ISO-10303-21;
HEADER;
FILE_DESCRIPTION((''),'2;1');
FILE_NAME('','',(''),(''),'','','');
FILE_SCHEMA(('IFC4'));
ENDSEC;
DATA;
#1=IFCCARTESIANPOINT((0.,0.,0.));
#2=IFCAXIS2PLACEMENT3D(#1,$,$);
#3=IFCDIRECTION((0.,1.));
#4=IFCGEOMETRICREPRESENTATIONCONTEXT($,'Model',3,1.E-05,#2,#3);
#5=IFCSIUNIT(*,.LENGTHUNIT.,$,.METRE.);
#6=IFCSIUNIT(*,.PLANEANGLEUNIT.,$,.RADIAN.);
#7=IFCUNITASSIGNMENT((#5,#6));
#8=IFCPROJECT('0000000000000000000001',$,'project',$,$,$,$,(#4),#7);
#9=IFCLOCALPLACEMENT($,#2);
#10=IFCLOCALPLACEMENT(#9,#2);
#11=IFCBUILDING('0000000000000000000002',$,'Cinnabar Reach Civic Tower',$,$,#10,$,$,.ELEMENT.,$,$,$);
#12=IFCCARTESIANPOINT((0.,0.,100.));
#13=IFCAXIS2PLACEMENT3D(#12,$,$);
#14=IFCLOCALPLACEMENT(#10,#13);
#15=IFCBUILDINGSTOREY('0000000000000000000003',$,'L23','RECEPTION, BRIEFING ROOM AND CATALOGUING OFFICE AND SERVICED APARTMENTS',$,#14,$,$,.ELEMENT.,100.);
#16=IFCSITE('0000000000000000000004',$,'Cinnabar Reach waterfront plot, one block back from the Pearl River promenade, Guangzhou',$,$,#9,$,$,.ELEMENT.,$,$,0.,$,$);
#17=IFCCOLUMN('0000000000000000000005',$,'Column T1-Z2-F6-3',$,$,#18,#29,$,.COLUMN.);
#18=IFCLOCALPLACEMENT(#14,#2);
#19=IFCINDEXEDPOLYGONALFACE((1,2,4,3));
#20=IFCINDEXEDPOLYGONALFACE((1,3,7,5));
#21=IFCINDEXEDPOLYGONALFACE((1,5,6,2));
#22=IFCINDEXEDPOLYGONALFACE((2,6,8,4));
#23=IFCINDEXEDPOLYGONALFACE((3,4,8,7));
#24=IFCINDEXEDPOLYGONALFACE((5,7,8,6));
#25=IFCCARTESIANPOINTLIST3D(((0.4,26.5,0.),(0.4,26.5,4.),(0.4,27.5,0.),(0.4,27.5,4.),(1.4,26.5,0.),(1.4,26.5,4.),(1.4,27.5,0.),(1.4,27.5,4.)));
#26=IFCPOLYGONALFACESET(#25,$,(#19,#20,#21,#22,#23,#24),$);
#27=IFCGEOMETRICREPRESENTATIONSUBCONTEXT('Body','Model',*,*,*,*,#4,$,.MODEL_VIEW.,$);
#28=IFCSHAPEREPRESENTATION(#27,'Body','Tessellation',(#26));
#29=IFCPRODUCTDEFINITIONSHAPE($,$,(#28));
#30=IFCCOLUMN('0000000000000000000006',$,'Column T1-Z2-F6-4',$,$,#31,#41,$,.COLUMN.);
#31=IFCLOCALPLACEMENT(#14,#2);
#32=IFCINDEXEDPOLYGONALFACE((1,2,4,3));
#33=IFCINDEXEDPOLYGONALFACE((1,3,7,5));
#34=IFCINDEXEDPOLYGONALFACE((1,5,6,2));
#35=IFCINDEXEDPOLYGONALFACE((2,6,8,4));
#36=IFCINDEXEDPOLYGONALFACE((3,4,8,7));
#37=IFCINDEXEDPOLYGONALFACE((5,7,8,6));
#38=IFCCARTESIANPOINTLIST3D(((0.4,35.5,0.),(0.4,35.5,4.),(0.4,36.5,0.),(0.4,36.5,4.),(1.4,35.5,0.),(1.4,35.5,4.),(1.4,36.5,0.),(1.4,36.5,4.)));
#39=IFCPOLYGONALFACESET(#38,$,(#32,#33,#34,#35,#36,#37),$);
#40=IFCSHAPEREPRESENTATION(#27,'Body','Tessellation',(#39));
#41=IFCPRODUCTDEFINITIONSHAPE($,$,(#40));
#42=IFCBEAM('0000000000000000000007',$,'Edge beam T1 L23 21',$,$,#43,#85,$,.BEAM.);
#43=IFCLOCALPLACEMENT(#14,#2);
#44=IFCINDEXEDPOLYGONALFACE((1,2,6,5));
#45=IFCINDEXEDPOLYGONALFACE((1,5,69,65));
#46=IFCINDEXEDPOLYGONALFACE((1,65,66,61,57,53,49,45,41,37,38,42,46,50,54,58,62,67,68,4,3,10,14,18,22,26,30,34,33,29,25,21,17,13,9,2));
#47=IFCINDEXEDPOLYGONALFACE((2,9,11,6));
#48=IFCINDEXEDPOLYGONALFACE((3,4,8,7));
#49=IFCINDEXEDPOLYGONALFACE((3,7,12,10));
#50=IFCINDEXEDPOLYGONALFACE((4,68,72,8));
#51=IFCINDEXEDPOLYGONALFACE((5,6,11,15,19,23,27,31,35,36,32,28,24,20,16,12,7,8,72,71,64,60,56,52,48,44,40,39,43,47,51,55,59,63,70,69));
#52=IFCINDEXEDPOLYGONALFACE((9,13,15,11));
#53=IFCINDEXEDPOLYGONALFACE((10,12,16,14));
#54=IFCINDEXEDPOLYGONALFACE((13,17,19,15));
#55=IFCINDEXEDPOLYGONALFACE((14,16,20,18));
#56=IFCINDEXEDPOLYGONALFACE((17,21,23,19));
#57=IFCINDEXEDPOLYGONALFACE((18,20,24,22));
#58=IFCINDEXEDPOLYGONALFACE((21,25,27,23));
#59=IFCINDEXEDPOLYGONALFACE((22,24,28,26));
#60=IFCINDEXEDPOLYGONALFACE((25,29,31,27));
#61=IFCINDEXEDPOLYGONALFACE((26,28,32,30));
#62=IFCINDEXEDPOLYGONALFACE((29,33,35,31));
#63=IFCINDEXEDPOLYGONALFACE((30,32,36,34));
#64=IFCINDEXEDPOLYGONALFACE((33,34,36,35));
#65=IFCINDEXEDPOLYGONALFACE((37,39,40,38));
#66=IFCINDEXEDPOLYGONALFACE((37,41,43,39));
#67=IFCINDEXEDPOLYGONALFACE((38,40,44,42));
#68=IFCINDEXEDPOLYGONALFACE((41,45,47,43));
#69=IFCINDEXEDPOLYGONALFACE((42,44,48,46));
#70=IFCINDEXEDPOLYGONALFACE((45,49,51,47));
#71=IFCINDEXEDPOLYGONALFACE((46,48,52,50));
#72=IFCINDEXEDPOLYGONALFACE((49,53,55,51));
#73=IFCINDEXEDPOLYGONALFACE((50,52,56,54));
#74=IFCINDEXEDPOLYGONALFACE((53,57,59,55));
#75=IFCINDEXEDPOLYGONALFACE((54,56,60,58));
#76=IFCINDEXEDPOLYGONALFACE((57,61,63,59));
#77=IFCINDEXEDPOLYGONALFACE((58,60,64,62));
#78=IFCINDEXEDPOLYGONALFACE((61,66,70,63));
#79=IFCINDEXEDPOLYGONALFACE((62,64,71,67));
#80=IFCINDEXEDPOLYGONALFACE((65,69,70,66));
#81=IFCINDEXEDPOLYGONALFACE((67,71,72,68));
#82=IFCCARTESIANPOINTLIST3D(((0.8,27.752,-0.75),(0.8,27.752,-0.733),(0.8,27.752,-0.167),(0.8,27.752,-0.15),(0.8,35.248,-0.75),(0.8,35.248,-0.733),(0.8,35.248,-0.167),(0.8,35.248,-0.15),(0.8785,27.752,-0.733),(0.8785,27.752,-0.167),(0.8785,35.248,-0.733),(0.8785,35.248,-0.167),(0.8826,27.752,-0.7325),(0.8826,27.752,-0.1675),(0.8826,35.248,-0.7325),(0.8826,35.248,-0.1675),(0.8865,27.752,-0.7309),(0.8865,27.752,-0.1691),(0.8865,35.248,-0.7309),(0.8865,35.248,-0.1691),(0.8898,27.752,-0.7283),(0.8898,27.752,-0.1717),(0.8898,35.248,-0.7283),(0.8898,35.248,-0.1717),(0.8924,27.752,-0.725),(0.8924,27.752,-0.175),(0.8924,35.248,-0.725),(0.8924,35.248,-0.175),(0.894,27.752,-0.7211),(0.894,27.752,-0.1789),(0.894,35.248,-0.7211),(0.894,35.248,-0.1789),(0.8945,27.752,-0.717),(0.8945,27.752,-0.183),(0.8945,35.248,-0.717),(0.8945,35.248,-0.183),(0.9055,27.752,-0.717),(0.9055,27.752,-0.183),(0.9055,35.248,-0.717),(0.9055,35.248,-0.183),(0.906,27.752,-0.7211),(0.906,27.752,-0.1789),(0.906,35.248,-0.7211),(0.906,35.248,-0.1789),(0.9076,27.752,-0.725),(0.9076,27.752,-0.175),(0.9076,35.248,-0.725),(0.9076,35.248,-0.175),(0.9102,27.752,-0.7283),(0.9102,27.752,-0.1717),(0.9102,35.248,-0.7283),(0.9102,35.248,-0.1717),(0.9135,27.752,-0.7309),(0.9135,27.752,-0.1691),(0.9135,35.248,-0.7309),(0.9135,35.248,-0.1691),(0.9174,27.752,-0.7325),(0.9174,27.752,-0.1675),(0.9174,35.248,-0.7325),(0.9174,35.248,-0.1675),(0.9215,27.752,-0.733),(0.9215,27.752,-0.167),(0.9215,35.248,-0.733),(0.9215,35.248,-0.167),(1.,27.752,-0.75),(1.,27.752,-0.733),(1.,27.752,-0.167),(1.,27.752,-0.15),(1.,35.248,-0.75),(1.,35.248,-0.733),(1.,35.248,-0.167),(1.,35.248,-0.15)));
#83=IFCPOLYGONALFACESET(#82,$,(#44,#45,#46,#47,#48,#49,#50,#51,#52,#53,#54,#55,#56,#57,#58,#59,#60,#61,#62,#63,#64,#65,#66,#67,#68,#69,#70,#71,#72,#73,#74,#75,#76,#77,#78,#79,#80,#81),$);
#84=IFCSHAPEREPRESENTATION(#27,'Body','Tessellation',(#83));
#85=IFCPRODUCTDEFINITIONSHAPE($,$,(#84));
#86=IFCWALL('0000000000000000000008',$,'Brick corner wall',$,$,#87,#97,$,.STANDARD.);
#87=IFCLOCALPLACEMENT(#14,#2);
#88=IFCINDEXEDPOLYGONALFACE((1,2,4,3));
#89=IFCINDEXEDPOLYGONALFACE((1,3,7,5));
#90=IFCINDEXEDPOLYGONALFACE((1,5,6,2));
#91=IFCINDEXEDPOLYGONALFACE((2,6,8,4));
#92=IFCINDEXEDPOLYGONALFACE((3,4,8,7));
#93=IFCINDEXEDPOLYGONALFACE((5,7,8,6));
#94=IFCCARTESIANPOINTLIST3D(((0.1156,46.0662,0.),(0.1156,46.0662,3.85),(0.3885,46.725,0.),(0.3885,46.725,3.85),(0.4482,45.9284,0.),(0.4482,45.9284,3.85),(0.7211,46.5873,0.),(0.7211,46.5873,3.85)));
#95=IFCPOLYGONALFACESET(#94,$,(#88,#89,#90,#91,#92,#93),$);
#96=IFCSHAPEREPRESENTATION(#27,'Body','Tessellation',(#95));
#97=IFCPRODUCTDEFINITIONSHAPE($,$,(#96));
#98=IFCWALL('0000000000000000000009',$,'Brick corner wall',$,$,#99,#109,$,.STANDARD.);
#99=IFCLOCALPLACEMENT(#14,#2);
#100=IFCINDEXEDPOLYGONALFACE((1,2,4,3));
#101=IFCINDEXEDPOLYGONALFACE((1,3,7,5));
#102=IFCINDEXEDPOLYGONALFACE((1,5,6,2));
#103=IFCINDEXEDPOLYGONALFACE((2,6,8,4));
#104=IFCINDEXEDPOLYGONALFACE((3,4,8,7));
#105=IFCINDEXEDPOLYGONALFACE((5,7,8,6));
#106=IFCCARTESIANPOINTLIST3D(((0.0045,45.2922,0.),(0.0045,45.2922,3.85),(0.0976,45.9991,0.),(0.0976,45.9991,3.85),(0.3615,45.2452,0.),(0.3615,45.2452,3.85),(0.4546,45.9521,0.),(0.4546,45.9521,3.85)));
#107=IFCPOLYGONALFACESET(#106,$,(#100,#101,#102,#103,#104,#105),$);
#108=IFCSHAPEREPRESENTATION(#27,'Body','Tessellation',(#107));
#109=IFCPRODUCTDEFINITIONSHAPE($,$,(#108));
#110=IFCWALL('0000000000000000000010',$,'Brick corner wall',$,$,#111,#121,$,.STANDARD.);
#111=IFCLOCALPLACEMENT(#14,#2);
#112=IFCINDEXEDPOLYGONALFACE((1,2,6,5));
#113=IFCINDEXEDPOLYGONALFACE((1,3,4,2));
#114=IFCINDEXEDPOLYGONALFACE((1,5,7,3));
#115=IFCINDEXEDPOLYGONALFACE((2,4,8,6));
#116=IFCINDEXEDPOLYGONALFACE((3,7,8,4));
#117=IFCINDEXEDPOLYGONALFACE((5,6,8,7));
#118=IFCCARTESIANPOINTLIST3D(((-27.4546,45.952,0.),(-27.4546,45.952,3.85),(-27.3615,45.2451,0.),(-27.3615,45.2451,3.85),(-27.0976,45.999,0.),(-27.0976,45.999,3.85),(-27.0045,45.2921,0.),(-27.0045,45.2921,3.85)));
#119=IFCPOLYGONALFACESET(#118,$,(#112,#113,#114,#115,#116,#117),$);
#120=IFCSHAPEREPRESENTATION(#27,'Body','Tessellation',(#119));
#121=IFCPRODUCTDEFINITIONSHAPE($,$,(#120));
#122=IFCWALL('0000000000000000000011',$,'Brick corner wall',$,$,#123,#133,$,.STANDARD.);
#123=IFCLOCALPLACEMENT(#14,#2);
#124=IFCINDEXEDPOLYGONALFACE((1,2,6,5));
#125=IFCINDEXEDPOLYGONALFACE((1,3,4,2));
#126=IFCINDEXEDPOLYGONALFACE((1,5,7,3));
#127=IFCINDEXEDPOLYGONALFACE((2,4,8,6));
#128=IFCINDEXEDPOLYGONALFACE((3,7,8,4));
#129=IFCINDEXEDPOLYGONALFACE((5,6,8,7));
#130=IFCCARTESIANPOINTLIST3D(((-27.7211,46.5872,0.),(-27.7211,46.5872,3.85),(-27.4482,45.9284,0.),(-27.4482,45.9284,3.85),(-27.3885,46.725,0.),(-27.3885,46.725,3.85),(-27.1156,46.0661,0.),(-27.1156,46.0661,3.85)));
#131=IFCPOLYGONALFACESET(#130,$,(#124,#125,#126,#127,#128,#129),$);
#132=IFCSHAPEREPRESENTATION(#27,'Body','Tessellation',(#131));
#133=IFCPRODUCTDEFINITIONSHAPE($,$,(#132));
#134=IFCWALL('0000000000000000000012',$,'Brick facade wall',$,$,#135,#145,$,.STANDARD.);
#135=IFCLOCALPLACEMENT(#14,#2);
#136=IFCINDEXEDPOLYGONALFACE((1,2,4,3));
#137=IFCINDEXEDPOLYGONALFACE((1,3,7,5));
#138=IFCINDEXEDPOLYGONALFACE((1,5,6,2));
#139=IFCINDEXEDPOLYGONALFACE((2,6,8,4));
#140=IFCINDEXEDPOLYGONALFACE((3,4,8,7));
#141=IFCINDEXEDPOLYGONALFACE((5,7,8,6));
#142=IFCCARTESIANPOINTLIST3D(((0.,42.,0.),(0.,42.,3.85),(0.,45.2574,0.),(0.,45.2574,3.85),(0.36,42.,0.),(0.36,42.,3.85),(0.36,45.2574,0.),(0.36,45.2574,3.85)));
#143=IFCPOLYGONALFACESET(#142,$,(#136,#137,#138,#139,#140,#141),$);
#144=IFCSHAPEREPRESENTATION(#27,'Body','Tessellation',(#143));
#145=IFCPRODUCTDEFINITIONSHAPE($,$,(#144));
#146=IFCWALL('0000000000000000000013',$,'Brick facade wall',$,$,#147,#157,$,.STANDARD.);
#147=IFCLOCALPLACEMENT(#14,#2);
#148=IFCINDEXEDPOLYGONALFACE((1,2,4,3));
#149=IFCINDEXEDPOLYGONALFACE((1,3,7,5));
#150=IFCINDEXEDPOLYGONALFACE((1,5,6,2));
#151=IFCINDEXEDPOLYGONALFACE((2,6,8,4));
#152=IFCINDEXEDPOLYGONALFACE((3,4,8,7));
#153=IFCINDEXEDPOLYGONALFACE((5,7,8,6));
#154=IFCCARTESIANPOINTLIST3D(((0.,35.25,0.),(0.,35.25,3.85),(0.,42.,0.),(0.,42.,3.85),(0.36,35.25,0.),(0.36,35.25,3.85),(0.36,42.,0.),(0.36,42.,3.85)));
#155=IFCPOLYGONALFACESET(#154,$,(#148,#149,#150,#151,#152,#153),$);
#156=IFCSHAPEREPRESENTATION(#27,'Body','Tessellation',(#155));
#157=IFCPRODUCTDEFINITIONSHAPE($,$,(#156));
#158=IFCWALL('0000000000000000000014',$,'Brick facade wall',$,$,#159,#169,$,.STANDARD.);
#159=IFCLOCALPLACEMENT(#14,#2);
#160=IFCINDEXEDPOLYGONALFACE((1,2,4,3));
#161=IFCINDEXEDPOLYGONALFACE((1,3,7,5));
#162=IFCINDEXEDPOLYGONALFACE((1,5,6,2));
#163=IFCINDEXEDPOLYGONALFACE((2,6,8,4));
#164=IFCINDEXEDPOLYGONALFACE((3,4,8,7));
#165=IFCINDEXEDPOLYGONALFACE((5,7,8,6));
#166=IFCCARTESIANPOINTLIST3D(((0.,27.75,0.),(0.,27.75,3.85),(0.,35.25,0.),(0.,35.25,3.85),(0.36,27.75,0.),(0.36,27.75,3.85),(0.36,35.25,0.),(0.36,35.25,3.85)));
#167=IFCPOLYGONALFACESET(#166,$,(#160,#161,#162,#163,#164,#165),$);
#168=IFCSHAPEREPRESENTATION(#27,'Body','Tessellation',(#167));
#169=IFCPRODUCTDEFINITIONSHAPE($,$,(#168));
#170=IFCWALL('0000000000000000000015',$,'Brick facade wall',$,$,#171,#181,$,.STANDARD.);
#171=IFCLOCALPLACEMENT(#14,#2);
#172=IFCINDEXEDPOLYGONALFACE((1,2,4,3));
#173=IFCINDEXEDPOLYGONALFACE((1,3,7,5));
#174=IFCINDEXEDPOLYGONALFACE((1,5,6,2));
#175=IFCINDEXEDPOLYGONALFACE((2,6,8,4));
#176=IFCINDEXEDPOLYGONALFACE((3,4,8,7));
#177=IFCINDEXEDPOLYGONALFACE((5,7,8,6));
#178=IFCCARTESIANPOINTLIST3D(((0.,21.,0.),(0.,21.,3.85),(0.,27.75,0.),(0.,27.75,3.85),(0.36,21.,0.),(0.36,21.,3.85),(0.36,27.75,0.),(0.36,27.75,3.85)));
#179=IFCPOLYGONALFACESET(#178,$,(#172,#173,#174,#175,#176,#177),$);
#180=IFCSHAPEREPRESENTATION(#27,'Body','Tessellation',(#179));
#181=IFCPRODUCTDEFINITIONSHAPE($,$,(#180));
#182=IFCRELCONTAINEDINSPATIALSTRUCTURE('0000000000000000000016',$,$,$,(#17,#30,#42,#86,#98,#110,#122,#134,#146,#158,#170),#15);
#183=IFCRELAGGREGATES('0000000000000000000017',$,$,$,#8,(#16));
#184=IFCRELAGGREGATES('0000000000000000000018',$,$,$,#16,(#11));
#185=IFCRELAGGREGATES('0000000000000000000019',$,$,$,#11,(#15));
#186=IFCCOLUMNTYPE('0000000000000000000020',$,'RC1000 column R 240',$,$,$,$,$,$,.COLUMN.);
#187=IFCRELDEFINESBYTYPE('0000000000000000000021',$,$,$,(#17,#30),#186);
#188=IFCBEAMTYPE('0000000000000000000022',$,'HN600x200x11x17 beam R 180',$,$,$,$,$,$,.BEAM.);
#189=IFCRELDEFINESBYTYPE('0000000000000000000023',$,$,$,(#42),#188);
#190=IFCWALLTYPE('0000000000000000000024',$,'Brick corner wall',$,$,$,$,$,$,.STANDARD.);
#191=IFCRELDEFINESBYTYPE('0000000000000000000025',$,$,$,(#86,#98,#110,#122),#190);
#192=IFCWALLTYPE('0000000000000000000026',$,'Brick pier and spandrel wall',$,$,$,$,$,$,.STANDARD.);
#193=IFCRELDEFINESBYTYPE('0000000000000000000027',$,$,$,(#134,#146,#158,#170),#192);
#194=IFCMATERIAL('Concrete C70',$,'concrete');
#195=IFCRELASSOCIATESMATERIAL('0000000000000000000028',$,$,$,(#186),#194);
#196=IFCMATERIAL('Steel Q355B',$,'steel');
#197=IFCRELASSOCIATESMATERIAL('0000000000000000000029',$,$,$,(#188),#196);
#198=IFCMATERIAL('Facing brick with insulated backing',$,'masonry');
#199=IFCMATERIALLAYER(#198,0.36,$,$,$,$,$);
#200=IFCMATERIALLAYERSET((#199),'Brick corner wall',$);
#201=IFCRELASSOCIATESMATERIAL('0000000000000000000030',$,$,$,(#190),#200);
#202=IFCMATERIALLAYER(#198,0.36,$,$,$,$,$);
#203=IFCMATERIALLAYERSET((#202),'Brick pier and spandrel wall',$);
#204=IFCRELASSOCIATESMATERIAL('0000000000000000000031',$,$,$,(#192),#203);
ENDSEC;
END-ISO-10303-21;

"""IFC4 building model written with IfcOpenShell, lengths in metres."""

from ifc_helpers import new_model, si_unit, direction, frame, frame_2d, origin, origin_2d, place, context, subcontext, project, spatial, rectangle, i_section, extrude, material, layer, layer_set, material_profile, profile_set, type_object, element, save


model = new_model("IFC4")

# Units and contexts
model_context = context("Model", 3, precision=1e-05, world=origin(), true_north=direction((0.0, 1.0)))
body_context = subcontext(model_context, "Body", "Model", "MODEL_VIEW")
ifc_project = project(units=[si_unit("LENGTHUNIT", "METRE"), si_unit("PLANEANGLEUNIT", "RADIAN")], contexts=[model_context])

# Site, building, storey
site_placement = place(None, origin())
site = spatial("IfcSite", under=ifc_project, at=site_placement, Name="Cinnabar Reach waterfront plot, one block back from the Pearl River promenade, Guangzhou", CompositionType="ELEMENT", RefElevation=0.0)
building_placement = place(site_placement, origin())
building = spatial("IfcBuilding", under=site, at=building_placement, Name="Cinnabar Reach Civic Tower", CompositionType="ELEMENT")
storey_placement = place(building_placement, frame((0.0, 0.0, 100.0)))
storey = spatial("IfcBuildingStorey", under=building, at=storey_placement, Name="L23", Description="RECEPTION, BRIEFING ROOM AND CATALOGUING OFFICE AND SERVICED APARTMENTS", CompositionType="ELEMENT", Elevation=100.0)

# Columns
ifc_material_1 = material(Name="Concrete C70", Category="concrete")
ifc_material_profile_1 = material_profile(ifc_material_1, rectangle(XDim=1.0, YDim=1.0, at=origin_2d()), Name="RC1000")
ifc_profile_set_1 = profile_set([ifc_material_profile_1], Name="Concrete C70")
column_type = type_object("IfcColumnType", Name="RC1000 column R 240", PredefinedType="COLUMN", material=ifc_profile_set_1)
for number, where, z_axis, x_axis, name in (
    (1, (0.9, 27.0, 0.0), (0.0, 0.0, 1.0), (1.0, 0.0, 0.0), "Column T1-Z2-F6-3"),
    (2, (0.9, 36.0, 0.0), (0.0, 0.0, 1.0), (1.0, 0.0, 0.0), "Column T1-Z2-F6-4"),
):
    element("IfcColumn", number, at=place(storey_placement, frame(where, z_axis=z_axis, x_axis=x_axis)), inside=storey, type_object=column_type, Name=name, PredefinedType="COLUMN", context=body_context, shape_type="SweptSolid", body=[
        extrude(rectangle(XDim=1.0, YDim=1.0, at=origin_2d()), origin(), (0.0, 0.0, 1.0), 4.0),
    ])

# Beam
ifc_material_2 = material(Name="Steel Q355B", Category="steel")
ifc_material_profile_2 = material_profile(ifc_material_2, i_section(OverallWidth=0.2, OverallDepth=0.6, WebThickness=0.011, FlangeThickness=0.017, FilletRadius=0.016, at=origin_2d()), Name="HN600x200x11x17")
ifc_profile_set_2 = profile_set([ifc_material_profile_2], Name="Steel Q355B")
beam_type = type_object("IfcBeamType", Name="HN600x200x11x17 beam R 180", PredefinedType="BEAM", material=ifc_profile_set_2)
beam_placement = place(storey_placement, frame((0.9, 35.248, -0.45), z_axis=(0.0, -1.0, 0.0), x_axis=(1.0, 0.0, 0.0)))
element("IfcBeam", 3, at=beam_placement, inside=storey, type_object=beam_type, Name="Edge beam T1 L23 21", PredefinedType="BEAM", context=body_context, shape_type="SweptSolid", body=[
    extrude(i_section(OverallWidth=0.2, OverallDepth=0.6, WebThickness=0.011, FlangeThickness=0.017, FilletRadius=0.016, at=origin_2d()), origin(), (0.0, 0.0, 1.0), 7.496),
])

# Walls
ifc_material_3 = material(Name="Facing brick with insulated backing", Category="masonry")
ifc_layer_1 = layer(ifc_material_3, 0.36)
ifc_layer_set_1 = layer_set([ifc_layer_1], Name="Brick corner wall")
wall_type_1 = type_object("IfcWallType", Name="Brick corner wall", PredefinedType="STANDARD", material=ifc_layer_set_1)
for number, where, z_axis, x_axis, name in (
    (4, (0.5548, 46.6561, 0.0), (0.0, 0.0, 1.0), (-0.382703, -0.923872, 0.0), "Brick corner wall"),
    (5, (0.2761, 45.9756, 0.0), (0.0, 0.0, 1.0), (-0.130556, -0.991441, 0.0), "Brick corner wall"),
    (6, (-27.183, 45.2686, 0.0), (0.0, 0.0, 1.0), (-0.130556, 0.991441, 0.0), "Brick corner wall"),
    (7, (-27.2819, 45.9973, 0.0), (0.0, 0.0, 1.0), (-0.382703, 0.923872, 0.0), "Brick corner wall"),
):
    element("IfcWall", number, at=place(storey_placement, frame(where, z_axis=z_axis, x_axis=x_axis)), inside=storey, type_object=wall_type_1, Name=name, PredefinedType="STANDARD", context=body_context, shape_type="SweptSolid", body=[
        extrude(rectangle(XDim=0.7131, YDim=0.36, at=frame_2d((0.3565, 0.0))), origin(), (0.0, 0.0, 1.0), 3.85),
    ])
ifc_layer_2 = layer(ifc_material_3, 0.36)
ifc_layer_set_2 = layer_set([ifc_layer_2], Name="Brick pier and spandrel wall")
wall_type_2 = type_object("IfcWallType", Name="Brick pier and spandrel wall", PredefinedType="STANDARD", material=ifc_layer_set_2)
wall_1_placement = place(storey_placement, frame((0.18, 45.2574, 0.0), z_axis=(0.0, 0.0, 1.0), x_axis=(0.0, -1.0, 0.0)))
element("IfcWall", 8, at=wall_1_placement, inside=storey, type_object=wall_type_2, Name="Brick facade wall", PredefinedType="STANDARD", context=body_context, shape_type="SweptSolid", body=[
    extrude(rectangle(XDim=3.2574, YDim=0.36, at=frame_2d((1.6287, 0.0))), origin(), (0.0, 0.0, 1.0), 3.85),
])
wall_2_placement = place(storey_placement, frame((0.18, 42.0, 0.0), z_axis=(0.0, 0.0, 1.0), x_axis=(0.0, -1.0, 0.0)))
element("IfcWall", 9, at=wall_2_placement, inside=storey, type_object=wall_type_2, Name="Brick facade wall", PredefinedType="STANDARD", context=body_context, shape_type="SweptSolid", body=[
    extrude(rectangle(XDim=6.75, YDim=0.36, at=frame_2d((3.375, 0.0))), origin(), (0.0, 0.0, 1.0), 3.85),
])
wall_3_placement = place(storey_placement, frame((0.18, 35.25, 0.0), z_axis=(0.0, 0.0, 1.0), x_axis=(0.0, -1.0, 0.0)))
element("IfcWall", 10, at=wall_3_placement, inside=storey, type_object=wall_type_2, Name="Brick facade wall", PredefinedType="STANDARD", context=body_context, shape_type="SweptSolid", body=[
    extrude(rectangle(XDim=7.5, YDim=0.36, at=frame_2d((3.75, 0.0))), origin(), (0.0, 0.0, 1.0), 3.85),
])
wall_4_placement = place(storey_placement, frame((0.18, 27.75, 0.0), z_axis=(0.0, 0.0, 1.0), x_axis=(0.0, -1.0, 0.0)))
element("IfcWall", 11, at=wall_4_placement, inside=storey, type_object=wall_type_2, Name="Brick facade wall", PredefinedType="STANDARD", context=body_context, shape_type="SweptSolid", body=[
    extrude(rectangle(XDim=6.75, YDim=0.36, at=frame_2d((3.375, 0.0))), origin(), (0.0, 0.0, 1.0), 3.85),
])

save(model, "model.ifc")
